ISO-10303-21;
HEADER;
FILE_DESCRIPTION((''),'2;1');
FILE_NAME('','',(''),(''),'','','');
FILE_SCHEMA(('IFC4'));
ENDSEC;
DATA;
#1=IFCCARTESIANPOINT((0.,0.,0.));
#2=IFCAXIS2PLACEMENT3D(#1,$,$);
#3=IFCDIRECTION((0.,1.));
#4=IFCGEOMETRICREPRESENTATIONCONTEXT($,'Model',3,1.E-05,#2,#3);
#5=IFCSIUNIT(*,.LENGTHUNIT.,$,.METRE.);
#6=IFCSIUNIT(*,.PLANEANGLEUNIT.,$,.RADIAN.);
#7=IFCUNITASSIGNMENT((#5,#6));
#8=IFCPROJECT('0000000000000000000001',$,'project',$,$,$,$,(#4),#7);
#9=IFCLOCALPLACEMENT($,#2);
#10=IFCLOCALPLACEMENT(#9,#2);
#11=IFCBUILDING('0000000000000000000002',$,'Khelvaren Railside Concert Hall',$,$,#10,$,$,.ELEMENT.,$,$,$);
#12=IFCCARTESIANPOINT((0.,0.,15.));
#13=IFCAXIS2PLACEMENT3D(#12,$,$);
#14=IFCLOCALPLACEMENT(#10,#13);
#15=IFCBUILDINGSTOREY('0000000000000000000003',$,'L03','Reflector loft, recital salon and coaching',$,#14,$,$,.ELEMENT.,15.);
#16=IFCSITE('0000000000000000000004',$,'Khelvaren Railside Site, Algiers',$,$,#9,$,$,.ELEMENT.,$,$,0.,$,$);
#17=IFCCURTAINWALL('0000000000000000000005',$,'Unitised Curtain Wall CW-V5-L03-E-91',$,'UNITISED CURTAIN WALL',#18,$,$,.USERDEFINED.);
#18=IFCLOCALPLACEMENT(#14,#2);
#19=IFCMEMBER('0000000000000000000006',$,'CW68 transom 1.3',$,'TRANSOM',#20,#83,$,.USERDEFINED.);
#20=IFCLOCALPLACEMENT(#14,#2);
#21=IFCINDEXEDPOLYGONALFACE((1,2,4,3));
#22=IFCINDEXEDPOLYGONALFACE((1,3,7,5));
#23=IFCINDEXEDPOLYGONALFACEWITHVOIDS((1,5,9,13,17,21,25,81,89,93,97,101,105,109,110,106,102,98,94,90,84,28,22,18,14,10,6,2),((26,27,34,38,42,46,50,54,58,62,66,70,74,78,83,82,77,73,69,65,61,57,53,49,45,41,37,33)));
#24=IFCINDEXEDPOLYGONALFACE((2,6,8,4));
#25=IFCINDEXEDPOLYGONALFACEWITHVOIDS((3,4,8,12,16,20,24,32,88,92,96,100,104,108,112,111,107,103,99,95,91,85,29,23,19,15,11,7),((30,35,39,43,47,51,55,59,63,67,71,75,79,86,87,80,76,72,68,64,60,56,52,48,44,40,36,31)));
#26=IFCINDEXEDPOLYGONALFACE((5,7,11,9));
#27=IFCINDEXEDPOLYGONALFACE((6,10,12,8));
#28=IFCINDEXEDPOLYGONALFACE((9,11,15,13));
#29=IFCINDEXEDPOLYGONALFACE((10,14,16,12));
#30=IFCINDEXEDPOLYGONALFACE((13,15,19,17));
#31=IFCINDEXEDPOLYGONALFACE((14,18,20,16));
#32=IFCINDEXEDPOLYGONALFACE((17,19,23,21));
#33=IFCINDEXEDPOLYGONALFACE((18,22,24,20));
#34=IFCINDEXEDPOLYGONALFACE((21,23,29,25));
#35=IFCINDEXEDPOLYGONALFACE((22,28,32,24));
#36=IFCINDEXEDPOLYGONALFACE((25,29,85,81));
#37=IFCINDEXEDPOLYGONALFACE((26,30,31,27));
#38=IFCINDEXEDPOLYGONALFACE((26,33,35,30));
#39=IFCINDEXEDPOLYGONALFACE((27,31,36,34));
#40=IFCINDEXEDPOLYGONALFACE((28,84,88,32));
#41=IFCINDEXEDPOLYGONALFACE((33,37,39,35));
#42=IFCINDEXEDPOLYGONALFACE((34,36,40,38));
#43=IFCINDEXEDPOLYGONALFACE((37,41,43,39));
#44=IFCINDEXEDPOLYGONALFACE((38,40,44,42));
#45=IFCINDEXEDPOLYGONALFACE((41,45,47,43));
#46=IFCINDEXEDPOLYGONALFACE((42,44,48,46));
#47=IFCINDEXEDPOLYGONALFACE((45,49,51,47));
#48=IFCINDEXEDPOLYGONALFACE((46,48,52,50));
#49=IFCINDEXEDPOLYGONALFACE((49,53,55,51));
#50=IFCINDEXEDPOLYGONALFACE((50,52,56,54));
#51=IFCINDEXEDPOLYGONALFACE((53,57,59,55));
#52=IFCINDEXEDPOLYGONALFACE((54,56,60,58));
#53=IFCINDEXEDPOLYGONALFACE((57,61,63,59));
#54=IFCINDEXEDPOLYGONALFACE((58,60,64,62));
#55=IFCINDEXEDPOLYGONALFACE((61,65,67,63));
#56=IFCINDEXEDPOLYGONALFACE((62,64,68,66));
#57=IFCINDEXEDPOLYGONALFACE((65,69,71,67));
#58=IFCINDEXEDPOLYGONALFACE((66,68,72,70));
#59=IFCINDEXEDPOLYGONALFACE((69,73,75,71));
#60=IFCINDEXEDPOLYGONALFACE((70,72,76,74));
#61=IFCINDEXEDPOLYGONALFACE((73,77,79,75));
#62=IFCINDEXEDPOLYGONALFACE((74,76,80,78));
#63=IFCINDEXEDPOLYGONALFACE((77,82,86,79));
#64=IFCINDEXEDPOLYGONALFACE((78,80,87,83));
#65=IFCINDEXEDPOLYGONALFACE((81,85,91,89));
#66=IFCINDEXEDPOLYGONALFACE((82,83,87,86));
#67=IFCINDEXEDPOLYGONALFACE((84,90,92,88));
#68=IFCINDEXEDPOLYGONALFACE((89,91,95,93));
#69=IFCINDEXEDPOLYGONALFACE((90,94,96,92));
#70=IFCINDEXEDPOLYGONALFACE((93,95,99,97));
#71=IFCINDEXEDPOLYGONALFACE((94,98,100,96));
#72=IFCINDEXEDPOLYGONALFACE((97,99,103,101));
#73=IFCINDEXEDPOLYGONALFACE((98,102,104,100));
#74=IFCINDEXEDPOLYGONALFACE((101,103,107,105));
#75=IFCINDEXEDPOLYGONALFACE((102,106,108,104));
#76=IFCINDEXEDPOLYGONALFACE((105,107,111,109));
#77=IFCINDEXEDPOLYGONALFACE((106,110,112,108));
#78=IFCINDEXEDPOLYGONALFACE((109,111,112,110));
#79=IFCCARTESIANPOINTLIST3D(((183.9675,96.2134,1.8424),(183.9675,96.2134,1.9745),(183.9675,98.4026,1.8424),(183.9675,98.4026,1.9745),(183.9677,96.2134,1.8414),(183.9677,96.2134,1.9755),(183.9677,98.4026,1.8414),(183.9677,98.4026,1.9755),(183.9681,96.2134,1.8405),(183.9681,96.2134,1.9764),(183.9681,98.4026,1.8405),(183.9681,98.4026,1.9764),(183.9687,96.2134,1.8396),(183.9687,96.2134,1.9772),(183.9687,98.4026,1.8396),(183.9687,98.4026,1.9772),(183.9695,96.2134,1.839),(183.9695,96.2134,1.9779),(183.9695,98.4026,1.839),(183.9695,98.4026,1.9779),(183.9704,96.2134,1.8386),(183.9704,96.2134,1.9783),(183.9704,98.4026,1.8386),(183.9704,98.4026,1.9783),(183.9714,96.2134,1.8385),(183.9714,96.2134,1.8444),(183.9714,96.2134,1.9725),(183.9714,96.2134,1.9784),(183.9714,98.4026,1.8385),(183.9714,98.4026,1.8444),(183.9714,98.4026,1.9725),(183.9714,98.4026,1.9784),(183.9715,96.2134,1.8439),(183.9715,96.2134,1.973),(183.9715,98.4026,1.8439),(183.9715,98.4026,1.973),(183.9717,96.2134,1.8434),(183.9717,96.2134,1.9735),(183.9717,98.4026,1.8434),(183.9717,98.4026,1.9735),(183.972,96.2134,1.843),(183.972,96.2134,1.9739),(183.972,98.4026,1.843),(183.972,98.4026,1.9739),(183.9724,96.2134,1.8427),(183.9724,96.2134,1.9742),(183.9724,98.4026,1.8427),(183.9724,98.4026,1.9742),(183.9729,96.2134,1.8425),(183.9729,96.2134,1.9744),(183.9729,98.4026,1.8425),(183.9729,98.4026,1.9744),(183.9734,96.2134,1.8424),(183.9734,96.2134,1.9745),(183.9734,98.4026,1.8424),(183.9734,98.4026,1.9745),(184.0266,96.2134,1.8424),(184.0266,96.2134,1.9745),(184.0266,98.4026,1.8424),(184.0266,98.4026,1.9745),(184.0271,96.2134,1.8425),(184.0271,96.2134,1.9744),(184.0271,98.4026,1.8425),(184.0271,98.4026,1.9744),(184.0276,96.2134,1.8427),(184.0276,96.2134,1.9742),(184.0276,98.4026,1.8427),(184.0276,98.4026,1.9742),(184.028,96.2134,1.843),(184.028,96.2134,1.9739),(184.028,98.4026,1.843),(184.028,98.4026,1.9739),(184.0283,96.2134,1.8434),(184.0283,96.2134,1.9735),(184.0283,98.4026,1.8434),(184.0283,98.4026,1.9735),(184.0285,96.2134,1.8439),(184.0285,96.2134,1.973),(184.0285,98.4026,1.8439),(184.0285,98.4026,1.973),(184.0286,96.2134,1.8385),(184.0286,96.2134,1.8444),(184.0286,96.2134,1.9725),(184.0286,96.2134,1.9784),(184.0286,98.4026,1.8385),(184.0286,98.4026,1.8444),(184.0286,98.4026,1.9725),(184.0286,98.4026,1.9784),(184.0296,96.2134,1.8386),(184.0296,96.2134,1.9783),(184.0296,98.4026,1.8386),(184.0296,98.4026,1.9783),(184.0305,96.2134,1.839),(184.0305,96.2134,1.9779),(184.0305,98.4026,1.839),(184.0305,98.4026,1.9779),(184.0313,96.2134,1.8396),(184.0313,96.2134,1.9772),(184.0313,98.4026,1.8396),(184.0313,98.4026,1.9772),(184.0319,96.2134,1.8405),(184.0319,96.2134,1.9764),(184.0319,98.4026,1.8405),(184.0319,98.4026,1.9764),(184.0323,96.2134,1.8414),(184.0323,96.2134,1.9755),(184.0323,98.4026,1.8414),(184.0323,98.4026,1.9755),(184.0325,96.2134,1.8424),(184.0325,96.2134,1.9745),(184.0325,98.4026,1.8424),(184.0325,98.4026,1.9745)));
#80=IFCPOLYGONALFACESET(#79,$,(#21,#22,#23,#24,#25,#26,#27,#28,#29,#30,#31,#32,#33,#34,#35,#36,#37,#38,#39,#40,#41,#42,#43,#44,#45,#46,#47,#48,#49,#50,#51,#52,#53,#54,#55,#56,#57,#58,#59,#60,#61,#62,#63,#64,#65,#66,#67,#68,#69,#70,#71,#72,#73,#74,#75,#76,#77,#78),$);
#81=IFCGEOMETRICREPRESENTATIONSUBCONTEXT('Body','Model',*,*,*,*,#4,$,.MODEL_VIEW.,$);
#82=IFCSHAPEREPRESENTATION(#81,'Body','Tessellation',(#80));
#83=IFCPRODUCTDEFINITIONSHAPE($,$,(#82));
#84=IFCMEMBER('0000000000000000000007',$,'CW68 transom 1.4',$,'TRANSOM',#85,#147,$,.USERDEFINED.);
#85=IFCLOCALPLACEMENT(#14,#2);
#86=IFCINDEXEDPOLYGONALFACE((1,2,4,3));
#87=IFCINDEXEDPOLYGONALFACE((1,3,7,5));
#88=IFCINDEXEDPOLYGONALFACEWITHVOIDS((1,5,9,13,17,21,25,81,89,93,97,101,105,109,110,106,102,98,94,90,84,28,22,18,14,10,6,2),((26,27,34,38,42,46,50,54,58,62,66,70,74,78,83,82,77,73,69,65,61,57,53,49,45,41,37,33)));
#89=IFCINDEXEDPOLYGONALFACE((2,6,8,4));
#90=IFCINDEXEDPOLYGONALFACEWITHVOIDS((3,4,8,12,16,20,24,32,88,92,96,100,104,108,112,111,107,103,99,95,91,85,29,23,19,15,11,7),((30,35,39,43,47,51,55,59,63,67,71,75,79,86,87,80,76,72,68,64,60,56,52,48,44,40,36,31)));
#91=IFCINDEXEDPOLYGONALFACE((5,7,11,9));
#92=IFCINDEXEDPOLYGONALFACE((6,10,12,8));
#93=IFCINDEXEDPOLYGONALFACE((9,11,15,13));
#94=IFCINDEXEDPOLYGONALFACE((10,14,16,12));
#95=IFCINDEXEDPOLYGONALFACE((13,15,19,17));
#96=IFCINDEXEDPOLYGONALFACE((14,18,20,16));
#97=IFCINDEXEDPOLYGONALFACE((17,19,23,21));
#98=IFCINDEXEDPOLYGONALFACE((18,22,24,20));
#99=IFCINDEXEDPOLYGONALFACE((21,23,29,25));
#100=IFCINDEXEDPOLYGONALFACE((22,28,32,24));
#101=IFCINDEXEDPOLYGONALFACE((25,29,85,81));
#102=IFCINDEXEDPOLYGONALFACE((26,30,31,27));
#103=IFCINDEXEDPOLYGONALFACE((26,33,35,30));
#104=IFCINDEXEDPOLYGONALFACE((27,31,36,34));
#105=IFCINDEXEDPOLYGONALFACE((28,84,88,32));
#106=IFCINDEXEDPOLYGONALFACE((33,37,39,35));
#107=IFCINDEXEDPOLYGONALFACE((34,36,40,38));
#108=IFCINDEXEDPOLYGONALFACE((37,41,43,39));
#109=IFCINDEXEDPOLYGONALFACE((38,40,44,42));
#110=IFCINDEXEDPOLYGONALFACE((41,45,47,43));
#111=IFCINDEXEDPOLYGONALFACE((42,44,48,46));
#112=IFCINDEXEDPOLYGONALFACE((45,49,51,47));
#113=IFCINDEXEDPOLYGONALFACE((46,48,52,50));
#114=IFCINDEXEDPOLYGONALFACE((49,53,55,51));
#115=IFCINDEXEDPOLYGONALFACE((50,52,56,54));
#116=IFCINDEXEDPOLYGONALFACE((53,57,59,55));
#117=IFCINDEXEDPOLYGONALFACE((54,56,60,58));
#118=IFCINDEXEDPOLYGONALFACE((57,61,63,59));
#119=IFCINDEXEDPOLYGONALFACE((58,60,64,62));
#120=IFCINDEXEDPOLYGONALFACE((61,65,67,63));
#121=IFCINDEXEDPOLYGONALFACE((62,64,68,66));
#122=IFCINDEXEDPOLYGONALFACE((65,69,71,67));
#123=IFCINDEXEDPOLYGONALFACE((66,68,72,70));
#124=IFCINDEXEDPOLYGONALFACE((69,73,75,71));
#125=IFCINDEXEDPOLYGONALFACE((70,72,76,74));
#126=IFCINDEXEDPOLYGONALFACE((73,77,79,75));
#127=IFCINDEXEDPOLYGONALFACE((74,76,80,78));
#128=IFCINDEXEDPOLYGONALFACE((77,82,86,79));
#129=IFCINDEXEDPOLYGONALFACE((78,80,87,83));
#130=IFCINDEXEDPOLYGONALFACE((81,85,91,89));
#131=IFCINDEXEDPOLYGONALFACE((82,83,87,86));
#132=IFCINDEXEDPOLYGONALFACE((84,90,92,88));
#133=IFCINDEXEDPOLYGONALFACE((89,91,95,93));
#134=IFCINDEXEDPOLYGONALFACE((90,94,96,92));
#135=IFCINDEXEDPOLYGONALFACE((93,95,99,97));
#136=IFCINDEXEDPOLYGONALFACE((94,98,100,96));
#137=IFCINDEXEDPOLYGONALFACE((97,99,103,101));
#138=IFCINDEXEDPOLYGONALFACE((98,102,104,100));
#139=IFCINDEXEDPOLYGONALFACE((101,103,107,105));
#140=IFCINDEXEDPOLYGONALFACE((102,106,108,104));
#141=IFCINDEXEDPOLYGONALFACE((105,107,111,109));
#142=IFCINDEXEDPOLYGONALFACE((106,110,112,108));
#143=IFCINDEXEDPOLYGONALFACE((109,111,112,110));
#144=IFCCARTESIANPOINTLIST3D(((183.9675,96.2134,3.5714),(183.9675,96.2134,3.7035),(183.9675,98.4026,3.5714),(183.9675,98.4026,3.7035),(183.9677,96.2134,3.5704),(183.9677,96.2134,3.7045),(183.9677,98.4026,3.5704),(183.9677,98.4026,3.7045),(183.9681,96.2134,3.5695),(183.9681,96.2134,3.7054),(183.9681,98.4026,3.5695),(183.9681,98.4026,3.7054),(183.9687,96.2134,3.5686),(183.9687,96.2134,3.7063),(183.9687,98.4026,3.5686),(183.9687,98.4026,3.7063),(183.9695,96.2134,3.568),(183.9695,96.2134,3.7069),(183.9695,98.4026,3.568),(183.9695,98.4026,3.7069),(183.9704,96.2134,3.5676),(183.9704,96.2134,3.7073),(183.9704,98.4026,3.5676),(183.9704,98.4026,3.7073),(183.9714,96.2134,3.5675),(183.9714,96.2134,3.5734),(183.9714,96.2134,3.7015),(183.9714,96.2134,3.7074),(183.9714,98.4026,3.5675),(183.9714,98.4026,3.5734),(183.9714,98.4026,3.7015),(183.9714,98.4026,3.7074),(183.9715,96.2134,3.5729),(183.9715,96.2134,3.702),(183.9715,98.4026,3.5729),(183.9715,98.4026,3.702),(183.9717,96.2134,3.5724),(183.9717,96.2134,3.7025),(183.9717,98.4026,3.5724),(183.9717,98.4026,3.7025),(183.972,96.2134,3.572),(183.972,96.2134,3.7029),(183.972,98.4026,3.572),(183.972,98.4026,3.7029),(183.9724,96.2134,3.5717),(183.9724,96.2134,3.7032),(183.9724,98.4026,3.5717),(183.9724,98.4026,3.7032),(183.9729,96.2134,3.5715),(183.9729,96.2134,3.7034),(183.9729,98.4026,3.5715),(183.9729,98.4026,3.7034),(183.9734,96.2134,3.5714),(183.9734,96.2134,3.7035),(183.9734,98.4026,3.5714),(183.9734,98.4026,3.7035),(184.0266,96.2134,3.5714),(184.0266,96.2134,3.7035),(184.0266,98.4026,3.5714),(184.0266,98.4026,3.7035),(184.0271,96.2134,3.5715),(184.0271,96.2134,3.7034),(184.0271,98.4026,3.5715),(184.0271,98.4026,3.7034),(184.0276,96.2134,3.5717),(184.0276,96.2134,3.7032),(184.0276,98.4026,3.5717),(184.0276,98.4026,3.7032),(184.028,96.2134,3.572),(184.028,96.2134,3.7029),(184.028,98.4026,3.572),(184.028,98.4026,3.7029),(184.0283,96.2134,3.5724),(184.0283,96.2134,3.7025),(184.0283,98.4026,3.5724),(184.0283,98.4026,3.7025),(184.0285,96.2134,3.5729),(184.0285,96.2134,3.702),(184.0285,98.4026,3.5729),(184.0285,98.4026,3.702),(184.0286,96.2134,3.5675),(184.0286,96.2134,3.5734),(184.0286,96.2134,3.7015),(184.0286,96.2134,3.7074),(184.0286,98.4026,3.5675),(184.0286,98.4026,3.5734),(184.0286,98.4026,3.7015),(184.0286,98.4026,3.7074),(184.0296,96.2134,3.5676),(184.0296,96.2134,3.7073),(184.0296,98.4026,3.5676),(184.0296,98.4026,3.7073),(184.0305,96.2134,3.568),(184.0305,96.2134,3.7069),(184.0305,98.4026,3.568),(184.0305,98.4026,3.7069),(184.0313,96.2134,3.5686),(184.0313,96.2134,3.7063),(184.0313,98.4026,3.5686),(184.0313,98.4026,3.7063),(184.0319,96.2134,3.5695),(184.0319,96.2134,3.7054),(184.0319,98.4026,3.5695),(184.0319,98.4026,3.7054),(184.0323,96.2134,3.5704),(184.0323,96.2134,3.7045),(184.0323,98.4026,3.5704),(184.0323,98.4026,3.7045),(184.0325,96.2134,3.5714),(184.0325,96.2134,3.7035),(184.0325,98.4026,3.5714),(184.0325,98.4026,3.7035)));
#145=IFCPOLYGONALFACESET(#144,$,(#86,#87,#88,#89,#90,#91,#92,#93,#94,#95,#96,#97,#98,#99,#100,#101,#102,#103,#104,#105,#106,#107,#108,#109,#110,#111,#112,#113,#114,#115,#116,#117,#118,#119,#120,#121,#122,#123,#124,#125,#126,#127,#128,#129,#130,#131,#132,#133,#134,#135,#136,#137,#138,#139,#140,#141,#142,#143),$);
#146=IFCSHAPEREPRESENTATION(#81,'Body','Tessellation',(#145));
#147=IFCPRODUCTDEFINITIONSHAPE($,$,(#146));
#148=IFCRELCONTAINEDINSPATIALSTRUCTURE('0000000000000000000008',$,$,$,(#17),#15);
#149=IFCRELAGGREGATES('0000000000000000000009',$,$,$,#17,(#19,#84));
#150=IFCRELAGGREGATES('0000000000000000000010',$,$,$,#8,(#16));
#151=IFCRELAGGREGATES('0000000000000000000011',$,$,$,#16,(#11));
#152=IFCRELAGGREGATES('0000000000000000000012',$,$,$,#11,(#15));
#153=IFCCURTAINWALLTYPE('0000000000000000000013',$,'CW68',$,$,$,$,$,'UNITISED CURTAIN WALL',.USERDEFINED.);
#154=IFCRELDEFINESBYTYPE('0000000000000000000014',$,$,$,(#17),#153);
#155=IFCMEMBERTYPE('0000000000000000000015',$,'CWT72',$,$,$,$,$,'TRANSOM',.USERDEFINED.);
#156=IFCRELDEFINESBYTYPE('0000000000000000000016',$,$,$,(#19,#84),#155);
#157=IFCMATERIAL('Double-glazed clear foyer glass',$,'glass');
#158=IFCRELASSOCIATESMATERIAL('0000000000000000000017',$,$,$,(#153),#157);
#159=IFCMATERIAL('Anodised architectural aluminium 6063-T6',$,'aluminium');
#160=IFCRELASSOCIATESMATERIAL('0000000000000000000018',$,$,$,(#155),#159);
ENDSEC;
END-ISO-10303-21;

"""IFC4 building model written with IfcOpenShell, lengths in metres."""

from ifc_helpers import new_model, si_unit, direction, frame, origin, origin_2d, place, context, subcontext, project, spatial, hollow_rectangle, extrude, material, material_profile, profile_set, type_object, element, aggregate, save


model = new_model("IFC4")

# Units and contexts
model_context = context("Model", 3, precision=1e-05, world=origin(), true_north=direction((0.0, 1.0)))
body_context = subcontext(model_context, "Body", "Model", "MODEL_VIEW")
ifc_project = project(units=[si_unit("LENGTHUNIT", "METRE"), si_unit("PLANEANGLEUNIT", "RADIAN")], contexts=[model_context])

# Site, building, storey
site_placement = place(None, origin())
site = spatial("IfcSite", under=ifc_project, at=site_placement, Name="Khelvaren Railside Site, Algiers", CompositionType="ELEMENT", RefElevation=0.0)
building_placement = place(site_placement, origin())
building = spatial("IfcBuilding", under=site, at=building_placement, Name="Khelvaren Railside Concert Hall", CompositionType="ELEMENT")
storey_placement = place(building_placement, frame((0.0, 0.0, 15.0)))
storey = spatial("IfcBuildingStorey", under=building, at=storey_placement, Name="L03", Description="Reflector loft, recital salon and coaching", CompositionType="ELEMENT", Elevation=15.0)

# Curtain wall
ifc_material_1 = material(Name="Double-glazed clear foyer glass", Category="glass")
curtain_wall_type_1 = type_object("IfcCurtainWallType", Name="CW68", ElementType="UNITISED CURTAIN WALL", PredefinedType="USERDEFINED", material=ifc_material_1)
curtain_wall_1_placement = place(storey_placement, origin())
curtain_wall_1 = element("IfcCurtainWall", 1, at=curtain_wall_1_placement, inside=storey, type_object=curtain_wall_type_1, Name="Unitised Curtain Wall CW-V5-L03-E-91", ObjectType="UNITISED CURTAIN WALL", PredefinedType="USERDEFINED")
ifc_material_2 = material(Name="Anodised architectural aluminium 6063-T6", Category="aluminium")

# Members
ifc_material_profile_1 = material_profile(ifc_material_2, hollow_rectangle(XDim=0.0649, YDim=0.1399, WallThickness=0.0039, InnerFilletRadius=0.002, OuterFilletRadius=0.0039, at=origin_2d()), Name="CWT 65x140x4")
ifc_profile_set_1 = profile_set([ifc_material_profile_1], Name="Anodised architectural aluminium 6063-T6")
member_type_1 = type_object("IfcMemberType", Name="CWT72", ElementType="TRANSOM", PredefinedType="USERDEFINED", material=ifc_profile_set_1)
member_1_placement = place(storey_placement, frame((184.0, 98.4026, 1.9084), z_axis=(0.0, -1.0, 0.0), x_axis=(1.0, 0.0, 0.0)))
member_1 = element("IfcMember", 2, at=member_1_placement, type_object=member_type_1, Name="CW68 transom 1.3", ObjectType="TRANSOM", PredefinedType="USERDEFINED", context=body_context, shape_type="SweptSolid", body=[
    extrude(hollow_rectangle(XDim=0.0649, YDim=0.1399, WallThickness=0.0039, InnerFilletRadius=0.002, OuterFilletRadius=0.0039, at=origin_2d()), origin(), (0.0, 0.0, 1.0), 2.1892),
])
member_2_placement = place(storey_placement, frame((184.0, 98.4026, 3.6375), z_axis=(0.0, -1.0, 0.0), x_axis=(1.0, 0.0, 0.0)))
member_2 = element("IfcMember", 3, at=member_2_placement, type_object=member_type_1, Name="CW68 transom 1.4", ObjectType="TRANSOM", PredefinedType="USERDEFINED", context=body_context, shape_type="SweptSolid", body=[
    extrude(hollow_rectangle(XDim=0.0649, YDim=0.1399, WallThickness=0.0039, InnerFilletRadius=0.002, OuterFilletRadius=0.0039, at=origin_2d()), origin(), (0.0, 0.0, 1.0), 2.1892),
])

aggregate(curtain_wall_1, [member_1, member_2])

save(model, "model.ifc")
